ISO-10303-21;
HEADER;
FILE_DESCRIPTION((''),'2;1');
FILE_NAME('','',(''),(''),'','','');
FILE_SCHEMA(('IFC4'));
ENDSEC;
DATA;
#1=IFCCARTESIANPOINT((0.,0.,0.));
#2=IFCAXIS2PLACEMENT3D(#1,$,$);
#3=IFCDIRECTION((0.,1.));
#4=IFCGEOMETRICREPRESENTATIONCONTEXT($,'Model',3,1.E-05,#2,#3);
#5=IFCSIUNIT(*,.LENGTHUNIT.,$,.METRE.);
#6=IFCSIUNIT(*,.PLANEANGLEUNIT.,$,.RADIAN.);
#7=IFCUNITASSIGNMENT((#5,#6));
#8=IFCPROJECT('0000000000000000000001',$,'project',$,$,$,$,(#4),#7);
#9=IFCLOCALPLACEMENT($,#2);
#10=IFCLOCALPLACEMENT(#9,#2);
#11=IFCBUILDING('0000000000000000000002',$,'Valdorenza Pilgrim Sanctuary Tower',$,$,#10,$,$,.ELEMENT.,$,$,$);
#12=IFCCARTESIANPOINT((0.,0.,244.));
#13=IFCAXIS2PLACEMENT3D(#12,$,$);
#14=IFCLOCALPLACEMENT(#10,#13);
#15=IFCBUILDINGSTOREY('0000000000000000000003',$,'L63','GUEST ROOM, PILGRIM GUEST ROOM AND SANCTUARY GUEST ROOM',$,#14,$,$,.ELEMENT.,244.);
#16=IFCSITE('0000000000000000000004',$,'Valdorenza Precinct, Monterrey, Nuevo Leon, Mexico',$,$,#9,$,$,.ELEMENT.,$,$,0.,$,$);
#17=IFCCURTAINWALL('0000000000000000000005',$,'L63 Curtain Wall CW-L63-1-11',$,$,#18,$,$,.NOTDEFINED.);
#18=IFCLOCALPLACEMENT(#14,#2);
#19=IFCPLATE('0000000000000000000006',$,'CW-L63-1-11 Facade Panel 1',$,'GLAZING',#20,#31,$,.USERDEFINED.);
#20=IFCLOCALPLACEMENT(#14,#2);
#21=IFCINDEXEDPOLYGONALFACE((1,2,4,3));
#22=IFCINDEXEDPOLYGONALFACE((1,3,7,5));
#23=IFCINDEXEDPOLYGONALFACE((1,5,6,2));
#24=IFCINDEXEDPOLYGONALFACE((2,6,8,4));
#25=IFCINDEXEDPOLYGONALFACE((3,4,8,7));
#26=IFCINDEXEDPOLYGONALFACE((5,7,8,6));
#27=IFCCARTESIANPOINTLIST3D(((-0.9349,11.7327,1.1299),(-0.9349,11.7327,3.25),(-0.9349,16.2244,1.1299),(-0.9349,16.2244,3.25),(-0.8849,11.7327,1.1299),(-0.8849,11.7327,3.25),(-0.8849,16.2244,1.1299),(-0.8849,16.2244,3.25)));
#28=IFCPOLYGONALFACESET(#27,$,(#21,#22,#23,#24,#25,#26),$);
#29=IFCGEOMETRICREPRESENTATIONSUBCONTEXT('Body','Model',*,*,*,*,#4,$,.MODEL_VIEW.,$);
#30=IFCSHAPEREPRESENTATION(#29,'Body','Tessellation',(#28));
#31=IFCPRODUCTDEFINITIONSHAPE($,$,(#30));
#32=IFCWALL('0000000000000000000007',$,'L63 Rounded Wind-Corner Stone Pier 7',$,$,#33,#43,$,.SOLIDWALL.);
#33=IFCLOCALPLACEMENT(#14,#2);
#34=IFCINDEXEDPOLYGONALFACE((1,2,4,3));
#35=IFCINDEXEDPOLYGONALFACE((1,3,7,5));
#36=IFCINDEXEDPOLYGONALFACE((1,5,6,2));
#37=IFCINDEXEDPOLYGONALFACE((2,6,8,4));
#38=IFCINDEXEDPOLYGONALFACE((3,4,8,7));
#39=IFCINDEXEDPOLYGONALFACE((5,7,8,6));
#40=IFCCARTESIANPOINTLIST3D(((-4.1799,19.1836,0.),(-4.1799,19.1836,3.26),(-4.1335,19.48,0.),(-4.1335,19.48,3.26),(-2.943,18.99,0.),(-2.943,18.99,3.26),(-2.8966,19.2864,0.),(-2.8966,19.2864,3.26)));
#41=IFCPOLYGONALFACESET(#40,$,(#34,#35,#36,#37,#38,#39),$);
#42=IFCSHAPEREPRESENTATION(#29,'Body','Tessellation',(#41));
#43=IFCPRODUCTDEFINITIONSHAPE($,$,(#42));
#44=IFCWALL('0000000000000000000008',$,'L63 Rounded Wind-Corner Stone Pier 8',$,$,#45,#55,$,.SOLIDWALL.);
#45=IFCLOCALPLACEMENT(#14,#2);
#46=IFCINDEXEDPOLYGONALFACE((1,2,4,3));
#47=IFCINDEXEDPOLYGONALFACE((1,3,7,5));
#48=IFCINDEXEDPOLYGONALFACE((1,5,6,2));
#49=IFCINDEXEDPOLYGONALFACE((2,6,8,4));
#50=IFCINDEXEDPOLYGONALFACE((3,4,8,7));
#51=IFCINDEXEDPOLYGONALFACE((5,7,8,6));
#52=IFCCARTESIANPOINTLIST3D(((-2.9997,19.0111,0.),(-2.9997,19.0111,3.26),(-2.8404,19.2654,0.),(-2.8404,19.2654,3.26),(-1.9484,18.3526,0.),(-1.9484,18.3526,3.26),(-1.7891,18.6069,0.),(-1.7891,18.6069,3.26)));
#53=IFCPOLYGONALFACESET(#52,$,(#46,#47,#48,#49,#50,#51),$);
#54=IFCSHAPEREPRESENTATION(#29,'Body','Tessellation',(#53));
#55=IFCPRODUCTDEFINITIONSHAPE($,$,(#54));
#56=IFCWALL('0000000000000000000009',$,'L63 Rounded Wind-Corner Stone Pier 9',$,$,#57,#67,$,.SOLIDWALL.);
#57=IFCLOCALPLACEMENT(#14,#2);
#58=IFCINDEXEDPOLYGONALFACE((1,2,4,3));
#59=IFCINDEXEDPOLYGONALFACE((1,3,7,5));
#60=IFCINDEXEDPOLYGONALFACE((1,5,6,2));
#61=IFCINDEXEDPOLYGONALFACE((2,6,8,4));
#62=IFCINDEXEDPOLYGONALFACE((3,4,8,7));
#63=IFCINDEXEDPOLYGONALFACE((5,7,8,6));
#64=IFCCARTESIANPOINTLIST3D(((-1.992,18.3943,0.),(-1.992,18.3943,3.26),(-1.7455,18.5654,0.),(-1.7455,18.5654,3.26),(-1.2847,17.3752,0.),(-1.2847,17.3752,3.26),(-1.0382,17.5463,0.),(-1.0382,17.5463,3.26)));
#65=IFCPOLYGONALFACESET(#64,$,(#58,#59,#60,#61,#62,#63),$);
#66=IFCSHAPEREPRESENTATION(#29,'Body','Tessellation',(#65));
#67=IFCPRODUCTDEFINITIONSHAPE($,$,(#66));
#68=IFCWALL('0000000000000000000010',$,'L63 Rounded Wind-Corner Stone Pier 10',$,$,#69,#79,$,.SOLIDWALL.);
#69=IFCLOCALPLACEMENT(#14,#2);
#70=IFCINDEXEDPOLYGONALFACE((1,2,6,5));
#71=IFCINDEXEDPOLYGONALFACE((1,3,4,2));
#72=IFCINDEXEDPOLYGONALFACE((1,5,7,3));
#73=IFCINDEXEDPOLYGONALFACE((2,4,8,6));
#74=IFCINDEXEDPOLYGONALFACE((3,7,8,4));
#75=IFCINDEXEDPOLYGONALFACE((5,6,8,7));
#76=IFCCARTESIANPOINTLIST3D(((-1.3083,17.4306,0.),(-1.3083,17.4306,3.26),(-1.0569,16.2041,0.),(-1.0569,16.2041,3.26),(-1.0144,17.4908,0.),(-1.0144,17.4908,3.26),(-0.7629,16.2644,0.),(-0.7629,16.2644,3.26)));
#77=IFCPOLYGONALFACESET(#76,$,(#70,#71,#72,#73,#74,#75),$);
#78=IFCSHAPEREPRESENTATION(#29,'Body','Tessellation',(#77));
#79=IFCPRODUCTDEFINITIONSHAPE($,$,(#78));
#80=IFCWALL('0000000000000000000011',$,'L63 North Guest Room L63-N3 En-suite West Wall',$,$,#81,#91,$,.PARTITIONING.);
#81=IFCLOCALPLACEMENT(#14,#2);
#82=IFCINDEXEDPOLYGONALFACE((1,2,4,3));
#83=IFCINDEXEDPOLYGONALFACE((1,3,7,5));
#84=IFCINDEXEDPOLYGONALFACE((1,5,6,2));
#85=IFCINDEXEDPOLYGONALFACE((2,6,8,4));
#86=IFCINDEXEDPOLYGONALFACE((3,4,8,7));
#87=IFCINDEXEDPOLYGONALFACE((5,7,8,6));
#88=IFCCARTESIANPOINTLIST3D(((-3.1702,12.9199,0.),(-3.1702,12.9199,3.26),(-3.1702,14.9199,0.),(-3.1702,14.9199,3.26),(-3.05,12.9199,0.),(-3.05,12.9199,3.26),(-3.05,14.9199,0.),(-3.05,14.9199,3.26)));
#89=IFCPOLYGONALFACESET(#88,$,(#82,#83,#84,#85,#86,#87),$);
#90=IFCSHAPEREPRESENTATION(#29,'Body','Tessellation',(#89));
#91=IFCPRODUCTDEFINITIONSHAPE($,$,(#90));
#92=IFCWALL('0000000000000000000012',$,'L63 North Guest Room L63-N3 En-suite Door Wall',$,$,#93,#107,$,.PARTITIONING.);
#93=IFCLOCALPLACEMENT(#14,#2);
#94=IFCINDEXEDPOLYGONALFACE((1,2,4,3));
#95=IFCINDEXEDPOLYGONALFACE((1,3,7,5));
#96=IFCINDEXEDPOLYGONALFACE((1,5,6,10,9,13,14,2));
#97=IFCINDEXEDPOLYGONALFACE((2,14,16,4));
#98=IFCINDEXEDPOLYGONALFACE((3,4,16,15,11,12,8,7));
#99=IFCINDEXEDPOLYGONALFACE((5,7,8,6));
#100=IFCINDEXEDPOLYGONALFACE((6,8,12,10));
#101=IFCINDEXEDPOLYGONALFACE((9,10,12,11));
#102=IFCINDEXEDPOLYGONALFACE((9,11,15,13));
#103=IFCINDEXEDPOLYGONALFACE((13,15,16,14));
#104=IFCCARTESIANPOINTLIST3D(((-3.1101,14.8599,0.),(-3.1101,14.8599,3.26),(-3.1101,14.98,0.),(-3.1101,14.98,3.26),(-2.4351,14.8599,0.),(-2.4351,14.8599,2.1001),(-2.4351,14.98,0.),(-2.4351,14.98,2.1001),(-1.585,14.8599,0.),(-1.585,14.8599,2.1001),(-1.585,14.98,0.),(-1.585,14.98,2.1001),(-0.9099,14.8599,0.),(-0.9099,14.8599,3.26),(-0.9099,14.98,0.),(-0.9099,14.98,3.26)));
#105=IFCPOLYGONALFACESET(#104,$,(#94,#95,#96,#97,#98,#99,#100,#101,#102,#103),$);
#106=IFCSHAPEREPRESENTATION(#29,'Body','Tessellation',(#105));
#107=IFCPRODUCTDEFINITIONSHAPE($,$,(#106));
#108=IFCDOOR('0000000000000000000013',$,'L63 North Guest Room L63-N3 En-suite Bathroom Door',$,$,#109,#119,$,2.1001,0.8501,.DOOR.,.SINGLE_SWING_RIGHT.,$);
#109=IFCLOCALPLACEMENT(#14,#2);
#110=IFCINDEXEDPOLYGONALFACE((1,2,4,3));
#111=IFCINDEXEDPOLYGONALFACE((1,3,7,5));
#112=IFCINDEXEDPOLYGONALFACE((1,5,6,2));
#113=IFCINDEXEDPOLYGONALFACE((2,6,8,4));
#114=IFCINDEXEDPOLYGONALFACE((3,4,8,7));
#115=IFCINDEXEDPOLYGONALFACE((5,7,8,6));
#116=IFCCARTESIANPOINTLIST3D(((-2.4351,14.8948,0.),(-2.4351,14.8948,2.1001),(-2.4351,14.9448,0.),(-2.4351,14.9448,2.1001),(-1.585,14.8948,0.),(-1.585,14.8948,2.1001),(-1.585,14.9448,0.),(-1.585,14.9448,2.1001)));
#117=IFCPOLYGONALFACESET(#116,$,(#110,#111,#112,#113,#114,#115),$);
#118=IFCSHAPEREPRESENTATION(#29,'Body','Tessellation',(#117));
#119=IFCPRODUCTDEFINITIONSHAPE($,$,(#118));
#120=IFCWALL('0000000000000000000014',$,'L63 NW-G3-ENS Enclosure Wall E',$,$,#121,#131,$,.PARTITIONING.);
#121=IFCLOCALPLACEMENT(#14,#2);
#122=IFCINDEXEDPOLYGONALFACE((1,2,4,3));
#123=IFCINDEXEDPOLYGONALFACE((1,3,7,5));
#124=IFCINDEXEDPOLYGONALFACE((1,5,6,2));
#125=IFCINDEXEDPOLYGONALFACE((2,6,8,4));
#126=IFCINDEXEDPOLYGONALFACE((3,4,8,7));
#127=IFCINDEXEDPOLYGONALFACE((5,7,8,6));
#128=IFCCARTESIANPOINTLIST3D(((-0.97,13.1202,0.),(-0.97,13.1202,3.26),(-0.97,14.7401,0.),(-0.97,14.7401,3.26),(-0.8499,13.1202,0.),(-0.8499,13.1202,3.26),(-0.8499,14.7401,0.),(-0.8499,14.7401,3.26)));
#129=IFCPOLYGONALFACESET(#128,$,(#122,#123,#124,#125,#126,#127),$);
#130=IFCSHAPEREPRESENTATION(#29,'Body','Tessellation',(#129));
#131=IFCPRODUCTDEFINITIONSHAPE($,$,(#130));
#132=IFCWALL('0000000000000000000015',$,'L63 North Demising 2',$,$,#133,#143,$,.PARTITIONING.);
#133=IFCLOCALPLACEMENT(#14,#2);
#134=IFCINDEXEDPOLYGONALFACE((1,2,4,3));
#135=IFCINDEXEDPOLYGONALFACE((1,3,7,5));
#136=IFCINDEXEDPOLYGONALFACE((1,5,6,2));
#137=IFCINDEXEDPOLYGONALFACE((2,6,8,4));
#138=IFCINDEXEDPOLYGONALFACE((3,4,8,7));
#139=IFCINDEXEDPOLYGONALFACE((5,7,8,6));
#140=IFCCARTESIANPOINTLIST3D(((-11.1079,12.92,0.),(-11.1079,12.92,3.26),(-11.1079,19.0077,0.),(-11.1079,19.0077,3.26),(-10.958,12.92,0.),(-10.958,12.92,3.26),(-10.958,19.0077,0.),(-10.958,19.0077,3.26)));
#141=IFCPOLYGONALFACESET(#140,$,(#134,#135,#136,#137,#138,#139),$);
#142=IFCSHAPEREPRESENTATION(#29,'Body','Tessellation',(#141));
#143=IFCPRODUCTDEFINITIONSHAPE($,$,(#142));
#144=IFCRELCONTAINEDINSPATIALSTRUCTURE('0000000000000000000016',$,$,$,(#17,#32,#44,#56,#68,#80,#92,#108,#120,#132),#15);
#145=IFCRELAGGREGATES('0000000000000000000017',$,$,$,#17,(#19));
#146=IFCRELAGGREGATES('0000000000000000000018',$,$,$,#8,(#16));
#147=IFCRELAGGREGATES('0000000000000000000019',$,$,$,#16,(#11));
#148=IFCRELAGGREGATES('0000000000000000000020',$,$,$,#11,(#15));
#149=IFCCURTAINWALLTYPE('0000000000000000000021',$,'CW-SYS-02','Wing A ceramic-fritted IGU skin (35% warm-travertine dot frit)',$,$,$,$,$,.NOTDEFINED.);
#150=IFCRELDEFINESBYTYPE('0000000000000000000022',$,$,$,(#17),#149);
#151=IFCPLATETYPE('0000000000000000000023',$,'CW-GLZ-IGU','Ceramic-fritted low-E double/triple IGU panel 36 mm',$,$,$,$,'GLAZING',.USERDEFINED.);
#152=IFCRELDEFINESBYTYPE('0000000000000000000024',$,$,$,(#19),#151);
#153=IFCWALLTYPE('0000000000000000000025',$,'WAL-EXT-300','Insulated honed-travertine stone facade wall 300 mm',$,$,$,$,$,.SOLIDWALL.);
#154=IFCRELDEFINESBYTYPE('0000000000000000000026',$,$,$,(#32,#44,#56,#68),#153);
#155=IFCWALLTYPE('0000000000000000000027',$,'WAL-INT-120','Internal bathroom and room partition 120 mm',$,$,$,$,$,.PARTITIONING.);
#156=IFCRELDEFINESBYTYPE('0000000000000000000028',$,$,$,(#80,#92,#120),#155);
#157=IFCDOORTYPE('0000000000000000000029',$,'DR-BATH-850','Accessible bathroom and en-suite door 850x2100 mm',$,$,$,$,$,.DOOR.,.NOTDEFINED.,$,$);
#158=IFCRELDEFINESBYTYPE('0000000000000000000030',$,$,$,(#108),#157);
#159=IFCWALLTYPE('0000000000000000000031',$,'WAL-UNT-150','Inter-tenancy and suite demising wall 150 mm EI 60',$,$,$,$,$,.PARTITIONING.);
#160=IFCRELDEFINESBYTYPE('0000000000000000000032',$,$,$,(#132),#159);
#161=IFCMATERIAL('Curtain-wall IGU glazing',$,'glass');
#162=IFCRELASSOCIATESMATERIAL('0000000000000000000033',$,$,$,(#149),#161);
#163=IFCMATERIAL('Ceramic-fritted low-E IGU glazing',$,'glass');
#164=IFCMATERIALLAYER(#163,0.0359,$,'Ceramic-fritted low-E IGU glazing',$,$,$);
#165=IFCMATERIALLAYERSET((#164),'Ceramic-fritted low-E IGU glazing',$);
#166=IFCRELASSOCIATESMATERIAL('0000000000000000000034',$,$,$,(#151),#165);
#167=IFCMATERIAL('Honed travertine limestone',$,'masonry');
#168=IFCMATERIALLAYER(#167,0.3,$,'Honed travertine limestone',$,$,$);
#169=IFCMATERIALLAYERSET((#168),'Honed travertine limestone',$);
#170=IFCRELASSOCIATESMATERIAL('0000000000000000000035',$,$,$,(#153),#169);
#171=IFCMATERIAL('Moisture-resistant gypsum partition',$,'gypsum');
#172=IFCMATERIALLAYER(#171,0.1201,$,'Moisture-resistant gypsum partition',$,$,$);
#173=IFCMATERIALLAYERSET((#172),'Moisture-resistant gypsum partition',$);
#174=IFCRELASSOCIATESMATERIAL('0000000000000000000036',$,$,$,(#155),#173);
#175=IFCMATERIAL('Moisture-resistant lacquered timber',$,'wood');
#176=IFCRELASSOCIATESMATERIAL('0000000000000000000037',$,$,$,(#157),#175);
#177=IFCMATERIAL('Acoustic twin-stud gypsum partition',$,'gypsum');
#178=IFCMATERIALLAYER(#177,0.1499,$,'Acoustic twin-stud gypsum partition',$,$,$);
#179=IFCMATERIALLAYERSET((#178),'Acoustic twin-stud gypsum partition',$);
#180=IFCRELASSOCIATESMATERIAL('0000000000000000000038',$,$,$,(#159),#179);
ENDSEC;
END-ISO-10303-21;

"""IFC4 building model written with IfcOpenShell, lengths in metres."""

from ifc_helpers import new_model, si_unit, direction, frame, frame_2d, origin, origin_2d, place, context, subcontext, project, spatial, rectangle, extrude, source, transform, mapped, material, layer, layer_set, type_object, element, fill, aggregate, save


model = new_model("IFC4")

# Units and contexts
model_context = context("Model", 3, precision=1e-05, world=origin(), true_north=direction((0.0, 1.0)))
body_context = subcontext(model_context, "Body", "Model", "MODEL_VIEW")
ifc_project = project(units=[si_unit("LENGTHUNIT", "METRE"), si_unit("PLANEANGLEUNIT", "RADIAN")], contexts=[model_context])

# Site, building, storey
site_placement = place(None, origin())
site = spatial("IfcSite", under=ifc_project, at=site_placement, Name="Valdorenza Precinct, Monterrey, Nuevo Leon, Mexico", CompositionType="ELEMENT", RefElevation=0.0)
building_placement = place(site_placement, origin())
building = spatial("IfcBuilding", under=site, at=building_placement, Name="Valdorenza Pilgrim Sanctuary Tower", CompositionType="ELEMENT")
storey_placement = place(building_placement, frame((0.0, 0.0, 244.0)))
storey = spatial("IfcBuildingStorey", under=building, at=storey_placement, Name="L63", Description="GUEST ROOM, PILGRIM GUEST ROOM AND SANCTUARY GUEST ROOM", CompositionType="ELEMENT", Elevation=244.0)

# Curtain wall
ifc_material_1 = material(Name="Curtain-wall IGU glazing", Category="glass")
curtain_wall_type = type_object("IfcCurtainWallType", Name="CW-SYS-02", Description="Wing A ceramic-fritted IGU skin (35% warm-travertine dot frit)", PredefinedType="NOTDEFINED", material=ifc_material_1)
curtain_wall_1_placement = place(storey_placement, origin())
curtain_wall_1 = element("IfcCurtainWall", 1, at=curtain_wall_1_placement, inside=storey, type_object=curtain_wall_type, Name="L63 Curtain Wall CW-L63-1-11", PredefinedType="NOTDEFINED")

# Plate
ifc_material_2 = material(Name="Ceramic-fritted low-E IGU glazing", Category="glass")
ifc_layer_1 = layer(ifc_material_2, 0.0359, Name="Ceramic-fritted low-E IGU glazing")
ifc_layer_set_1 = layer_set([ifc_layer_1], Name="Ceramic-fritted low-E IGU glazing")
plate_type_1 = type_object("IfcPlateType", Name="CW-GLZ-IGU", Description="Ceramic-fritted low-E double/triple IGU panel 36 mm", ElementType="GLAZING", PredefinedType="USERDEFINED", material=ifc_layer_set_1)
ifc_material_3 = material(Name="Honed travertine limestone", Category="masonry")
shared_shape_1 = source(origin(), body_context, "Body", "SweptSolid", [
    extrude(rectangle(XDim=4.4917, YDim=0.05, at=origin_2d()), origin(), (0.0, 0.0, 1.0), 2.1201),
])
plate_1_placement = place(storey_placement, frame((-0.9099, 13.9785, 1.1299), z_axis=(0.0, 0.0, 1.0), x_axis=(0.0, -1.0, 0.0)))
plate_1 = element("IfcPlate", 2, at=plate_1_placement, type_object=plate_type_1, Name="CW-L63-1-11 Facade Panel 1", ObjectType="GLAZING", PredefinedType="USERDEFINED", context=body_context, shape_type="MappedRepresentation", body=[
    mapped(shared_shape_1, transform((0.0, 0.0, 0.0), x_axis=(1.0, 0.0, 0.0), y_axis=(0.0, 1.0, 0.0), z_axis=(0.0, 0.0, 1.0), scale=1.0)),
])
aggregate(curtain_wall_1, [plate_1])

# Walls
ifc_layer_2 = layer(ifc_material_3, 0.3, Name="Honed travertine limestone")
ifc_layer_set_2 = layer_set([ifc_layer_2], Name="Honed travertine limestone")
wall_type_1 = type_object("IfcWallType", Name="WAL-EXT-300", Description="Insulated honed-travertine stone facade wall 300 mm", PredefinedType="SOLIDWALL", material=ifc_layer_set_2)
wall_1_placement = place(storey_placement, frame((-4.1567, 19.3318, 0.0), z_axis=(0.0, 0.0, 1.0), x_axis=(0.987969, -0.154651, 0.0)))
element("IfcWall", 3, at=wall_1_placement, inside=storey, type_object=wall_type_1, Name="L63 Rounded Wind-Corner Stone Pier 7", PredefinedType="SOLIDWALL", context=body_context, shape_type="SweptSolid", body=[
    extrude(rectangle(XDim=1.252, YDim=0.3, at=frame_2d((0.626, 0.0))), origin(), (0.0, 0.0, 1.0), 3.26),
])
for number, where, z_axis, x_axis, name in (
    (4, (-2.9199, 19.1382, 0.0), (0.0, 0.0, 1.0), (0.847489, -0.530812, 0.0), "L63 Rounded Wind-Corner Stone Pier 8"),
    (5, (-1.8687, 18.4797, 0.0), (0.0, 0.0, 1.0), (0.570182, -0.821518, 0.0), "L63 Rounded Wind-Corner Stone Pier 9"),
):
    element("IfcWall", number, at=place(storey_placement, frame(where, z_axis=z_axis, x_axis=x_axis)), inside=storey, type_object=wall_type_1, Name=name, PredefinedType="SOLIDWALL", context=body_context, shape_type="SweptSolid", body=[
        extrude(rectangle(XDim=1.2405, YDim=0.3, at=frame_2d((0.6201, 0.0))), origin(), (0.0, 0.0, 1.0), 3.26),
    ])
wall_2_placement = place(storey_placement, frame((-1.1614, 17.4607, 0.0), z_axis=(0.0, 0.0, 1.0), x_axis=(0.200877, -0.979616, 0.0)))
element("IfcWall", 6, at=wall_2_placement, inside=storey, type_object=wall_type_1, Name="L63 Rounded Wind-Corner Stone Pier 10", PredefinedType="SOLIDWALL", context=body_context, shape_type="SweptSolid", body=[
    extrude(rectangle(XDim=1.252, YDim=0.3, at=frame_2d((0.626, 0.0))), origin(), (0.0, 0.0, 1.0), 3.26),
])
ifc_material_4 = material(Name="Moisture-resistant gypsum partition", Category="gypsum")
ifc_layer_3 = layer(ifc_material_4, 0.1201, Name="Moisture-resistant gypsum partition")
ifc_layer_set_3 = layer_set([ifc_layer_3], Name="Moisture-resistant gypsum partition")
wall_type_2 = type_object("IfcWallType", Name="WAL-INT-120", Description="Internal bathroom and room partition 120 mm", PredefinedType="PARTITIONING", material=ifc_layer_set_3)
wall_3_placement = place(storey_placement, frame((-3.1101, 12.9199, 0.0), z_axis=(0.0, 0.0, 1.0), x_axis=(0.0, 1.0, 0.0)))
element("IfcWall", 7, at=wall_3_placement, inside=storey, type_object=wall_type_2, Name="L63 North Guest Room L63-N3 En-suite West Wall", PredefinedType="PARTITIONING", context=body_context, shape_type="SweptSolid", body=[
    extrude(rectangle(XDim=2.0, YDim=0.1201, at=frame_2d((1.0, 0.0))), origin(), (0.0, 0.0, 1.0), 3.26),
])

# Wall, opening, door
wall_4_placement = place(storey_placement, frame((-3.1101, 14.9199, 0.0), z_axis=(0.0, 0.0, 1.0), x_axis=(1.0, 0.0, 0.0)))
wall_4 = element("IfcWall", 8, at=wall_4_placement, inside=storey, type_object=wall_type_2, Name="L63 North Guest Room L63-N3 En-suite Door Wall", PredefinedType="PARTITIONING", context=body_context, shape_type="SweptSolid", body=[
    extrude(rectangle(XDim=2.2002, YDim=0.1201, at=frame_2d((1.1001, 0.0))), origin(), (0.0, 0.0, 1.0), 3.26),
])
opening_placement = place(wall_4_placement, frame((0.675, 0.0, 0.0)))
opening = element("IfcOpeningElement", 9, at=opening_placement, cuts=wall_4, PredefinedType="OPENING", context=body_context, shape_type="SweptSolid", body=[
    extrude(rectangle(XDim=0.8501, YDim=2.1001, at=frame_2d((0.425, 1.05))), frame((0.0, 0.075, 0.0), z_axis=(0.0, -1.0, 0.0), x_axis=(1.0, 0.0, 0.0)), (0.0, 0.0, 1.0), 0.1499),
])
ifc_material_5 = material(Name="Moisture-resistant lacquered timber", Category="wood")
door_type = type_object("IfcDoorType", Name="DR-BATH-850", Description="Accessible bathroom and en-suite door 850x2100 mm", OperationType="NOTDEFINED", PredefinedType="DOOR", material=ifc_material_5)
door_placement = place(opening_placement, origin())
door = element("IfcDoor", 10, at=door_placement, inside=storey, type_object=door_type, Name="L63 North Guest Room L63-N3 En-suite Bathroom Door", OperationType="SINGLE_SWING_RIGHT", OverallHeight=2.1001, OverallWidth=0.8501, PredefinedType="DOOR", context=body_context, shape_type="SweptSolid", body=[
    extrude(rectangle(XDim=0.8501, YDim=2.1001, at=frame_2d((0.425, 1.05))), frame((0.0, 0.0249, 0.0), z_axis=(0.0, -1.0, 0.0), x_axis=(1.0, 0.0, 0.0)), (0.0, 0.0, 1.0), 0.05),
])
fill(opening, door)

# Walls
wall_5_placement = place(storey_placement, frame((-0.9099, 13.1201, 0.0), z_axis=(0.0, 0.0, 1.0), x_axis=(0.0, 1.0, 0.0)))
element("IfcWall", 11, at=wall_5_placement, inside=storey, type_object=wall_type_2, Name="L63 NW-G3-ENS Enclosure Wall E", PredefinedType="PARTITIONING", context=body_context, shape_type="SweptSolid", body=[
    extrude(rectangle(XDim=1.6199, YDim=0.1201, at=frame_2d((0.8101, 0.0))), origin(), (0.0, 0.0, 1.0), 3.26),
])
ifc_material_6 = material(Name="Acoustic twin-stud gypsum partition", Category="gypsum")
ifc_layer_4 = layer(ifc_material_6, 0.1499, Name="Acoustic twin-stud gypsum partition")
ifc_layer_set_4 = layer_set([ifc_layer_4], Name="Acoustic twin-stud gypsum partition")
wall_type_3 = type_object("IfcWallType", Name="WAL-UNT-150", Description="Inter-tenancy and suite demising wall 150 mm EI 60", PredefinedType="PARTITIONING", material=ifc_layer_set_4)
wall_6_placement = place(storey_placement, frame((-11.033, 12.9199, 0.0), z_axis=(0.0, 0.0, 1.0), x_axis=(0.0, 1.0, 0.0)))
element("IfcWall", 12, at=wall_6_placement, inside=storey, type_object=wall_type_3, Name="L63 North Demising 2", PredefinedType="PARTITIONING", context=body_context, shape_type="SweptSolid", body=[
    extrude(rectangle(XDim=6.0876, YDim=0.1499, at=frame_2d((3.0439, 0.0))), origin(), (0.0, 0.0, 1.0), 3.26),
])

save(model, "model.ifc")
